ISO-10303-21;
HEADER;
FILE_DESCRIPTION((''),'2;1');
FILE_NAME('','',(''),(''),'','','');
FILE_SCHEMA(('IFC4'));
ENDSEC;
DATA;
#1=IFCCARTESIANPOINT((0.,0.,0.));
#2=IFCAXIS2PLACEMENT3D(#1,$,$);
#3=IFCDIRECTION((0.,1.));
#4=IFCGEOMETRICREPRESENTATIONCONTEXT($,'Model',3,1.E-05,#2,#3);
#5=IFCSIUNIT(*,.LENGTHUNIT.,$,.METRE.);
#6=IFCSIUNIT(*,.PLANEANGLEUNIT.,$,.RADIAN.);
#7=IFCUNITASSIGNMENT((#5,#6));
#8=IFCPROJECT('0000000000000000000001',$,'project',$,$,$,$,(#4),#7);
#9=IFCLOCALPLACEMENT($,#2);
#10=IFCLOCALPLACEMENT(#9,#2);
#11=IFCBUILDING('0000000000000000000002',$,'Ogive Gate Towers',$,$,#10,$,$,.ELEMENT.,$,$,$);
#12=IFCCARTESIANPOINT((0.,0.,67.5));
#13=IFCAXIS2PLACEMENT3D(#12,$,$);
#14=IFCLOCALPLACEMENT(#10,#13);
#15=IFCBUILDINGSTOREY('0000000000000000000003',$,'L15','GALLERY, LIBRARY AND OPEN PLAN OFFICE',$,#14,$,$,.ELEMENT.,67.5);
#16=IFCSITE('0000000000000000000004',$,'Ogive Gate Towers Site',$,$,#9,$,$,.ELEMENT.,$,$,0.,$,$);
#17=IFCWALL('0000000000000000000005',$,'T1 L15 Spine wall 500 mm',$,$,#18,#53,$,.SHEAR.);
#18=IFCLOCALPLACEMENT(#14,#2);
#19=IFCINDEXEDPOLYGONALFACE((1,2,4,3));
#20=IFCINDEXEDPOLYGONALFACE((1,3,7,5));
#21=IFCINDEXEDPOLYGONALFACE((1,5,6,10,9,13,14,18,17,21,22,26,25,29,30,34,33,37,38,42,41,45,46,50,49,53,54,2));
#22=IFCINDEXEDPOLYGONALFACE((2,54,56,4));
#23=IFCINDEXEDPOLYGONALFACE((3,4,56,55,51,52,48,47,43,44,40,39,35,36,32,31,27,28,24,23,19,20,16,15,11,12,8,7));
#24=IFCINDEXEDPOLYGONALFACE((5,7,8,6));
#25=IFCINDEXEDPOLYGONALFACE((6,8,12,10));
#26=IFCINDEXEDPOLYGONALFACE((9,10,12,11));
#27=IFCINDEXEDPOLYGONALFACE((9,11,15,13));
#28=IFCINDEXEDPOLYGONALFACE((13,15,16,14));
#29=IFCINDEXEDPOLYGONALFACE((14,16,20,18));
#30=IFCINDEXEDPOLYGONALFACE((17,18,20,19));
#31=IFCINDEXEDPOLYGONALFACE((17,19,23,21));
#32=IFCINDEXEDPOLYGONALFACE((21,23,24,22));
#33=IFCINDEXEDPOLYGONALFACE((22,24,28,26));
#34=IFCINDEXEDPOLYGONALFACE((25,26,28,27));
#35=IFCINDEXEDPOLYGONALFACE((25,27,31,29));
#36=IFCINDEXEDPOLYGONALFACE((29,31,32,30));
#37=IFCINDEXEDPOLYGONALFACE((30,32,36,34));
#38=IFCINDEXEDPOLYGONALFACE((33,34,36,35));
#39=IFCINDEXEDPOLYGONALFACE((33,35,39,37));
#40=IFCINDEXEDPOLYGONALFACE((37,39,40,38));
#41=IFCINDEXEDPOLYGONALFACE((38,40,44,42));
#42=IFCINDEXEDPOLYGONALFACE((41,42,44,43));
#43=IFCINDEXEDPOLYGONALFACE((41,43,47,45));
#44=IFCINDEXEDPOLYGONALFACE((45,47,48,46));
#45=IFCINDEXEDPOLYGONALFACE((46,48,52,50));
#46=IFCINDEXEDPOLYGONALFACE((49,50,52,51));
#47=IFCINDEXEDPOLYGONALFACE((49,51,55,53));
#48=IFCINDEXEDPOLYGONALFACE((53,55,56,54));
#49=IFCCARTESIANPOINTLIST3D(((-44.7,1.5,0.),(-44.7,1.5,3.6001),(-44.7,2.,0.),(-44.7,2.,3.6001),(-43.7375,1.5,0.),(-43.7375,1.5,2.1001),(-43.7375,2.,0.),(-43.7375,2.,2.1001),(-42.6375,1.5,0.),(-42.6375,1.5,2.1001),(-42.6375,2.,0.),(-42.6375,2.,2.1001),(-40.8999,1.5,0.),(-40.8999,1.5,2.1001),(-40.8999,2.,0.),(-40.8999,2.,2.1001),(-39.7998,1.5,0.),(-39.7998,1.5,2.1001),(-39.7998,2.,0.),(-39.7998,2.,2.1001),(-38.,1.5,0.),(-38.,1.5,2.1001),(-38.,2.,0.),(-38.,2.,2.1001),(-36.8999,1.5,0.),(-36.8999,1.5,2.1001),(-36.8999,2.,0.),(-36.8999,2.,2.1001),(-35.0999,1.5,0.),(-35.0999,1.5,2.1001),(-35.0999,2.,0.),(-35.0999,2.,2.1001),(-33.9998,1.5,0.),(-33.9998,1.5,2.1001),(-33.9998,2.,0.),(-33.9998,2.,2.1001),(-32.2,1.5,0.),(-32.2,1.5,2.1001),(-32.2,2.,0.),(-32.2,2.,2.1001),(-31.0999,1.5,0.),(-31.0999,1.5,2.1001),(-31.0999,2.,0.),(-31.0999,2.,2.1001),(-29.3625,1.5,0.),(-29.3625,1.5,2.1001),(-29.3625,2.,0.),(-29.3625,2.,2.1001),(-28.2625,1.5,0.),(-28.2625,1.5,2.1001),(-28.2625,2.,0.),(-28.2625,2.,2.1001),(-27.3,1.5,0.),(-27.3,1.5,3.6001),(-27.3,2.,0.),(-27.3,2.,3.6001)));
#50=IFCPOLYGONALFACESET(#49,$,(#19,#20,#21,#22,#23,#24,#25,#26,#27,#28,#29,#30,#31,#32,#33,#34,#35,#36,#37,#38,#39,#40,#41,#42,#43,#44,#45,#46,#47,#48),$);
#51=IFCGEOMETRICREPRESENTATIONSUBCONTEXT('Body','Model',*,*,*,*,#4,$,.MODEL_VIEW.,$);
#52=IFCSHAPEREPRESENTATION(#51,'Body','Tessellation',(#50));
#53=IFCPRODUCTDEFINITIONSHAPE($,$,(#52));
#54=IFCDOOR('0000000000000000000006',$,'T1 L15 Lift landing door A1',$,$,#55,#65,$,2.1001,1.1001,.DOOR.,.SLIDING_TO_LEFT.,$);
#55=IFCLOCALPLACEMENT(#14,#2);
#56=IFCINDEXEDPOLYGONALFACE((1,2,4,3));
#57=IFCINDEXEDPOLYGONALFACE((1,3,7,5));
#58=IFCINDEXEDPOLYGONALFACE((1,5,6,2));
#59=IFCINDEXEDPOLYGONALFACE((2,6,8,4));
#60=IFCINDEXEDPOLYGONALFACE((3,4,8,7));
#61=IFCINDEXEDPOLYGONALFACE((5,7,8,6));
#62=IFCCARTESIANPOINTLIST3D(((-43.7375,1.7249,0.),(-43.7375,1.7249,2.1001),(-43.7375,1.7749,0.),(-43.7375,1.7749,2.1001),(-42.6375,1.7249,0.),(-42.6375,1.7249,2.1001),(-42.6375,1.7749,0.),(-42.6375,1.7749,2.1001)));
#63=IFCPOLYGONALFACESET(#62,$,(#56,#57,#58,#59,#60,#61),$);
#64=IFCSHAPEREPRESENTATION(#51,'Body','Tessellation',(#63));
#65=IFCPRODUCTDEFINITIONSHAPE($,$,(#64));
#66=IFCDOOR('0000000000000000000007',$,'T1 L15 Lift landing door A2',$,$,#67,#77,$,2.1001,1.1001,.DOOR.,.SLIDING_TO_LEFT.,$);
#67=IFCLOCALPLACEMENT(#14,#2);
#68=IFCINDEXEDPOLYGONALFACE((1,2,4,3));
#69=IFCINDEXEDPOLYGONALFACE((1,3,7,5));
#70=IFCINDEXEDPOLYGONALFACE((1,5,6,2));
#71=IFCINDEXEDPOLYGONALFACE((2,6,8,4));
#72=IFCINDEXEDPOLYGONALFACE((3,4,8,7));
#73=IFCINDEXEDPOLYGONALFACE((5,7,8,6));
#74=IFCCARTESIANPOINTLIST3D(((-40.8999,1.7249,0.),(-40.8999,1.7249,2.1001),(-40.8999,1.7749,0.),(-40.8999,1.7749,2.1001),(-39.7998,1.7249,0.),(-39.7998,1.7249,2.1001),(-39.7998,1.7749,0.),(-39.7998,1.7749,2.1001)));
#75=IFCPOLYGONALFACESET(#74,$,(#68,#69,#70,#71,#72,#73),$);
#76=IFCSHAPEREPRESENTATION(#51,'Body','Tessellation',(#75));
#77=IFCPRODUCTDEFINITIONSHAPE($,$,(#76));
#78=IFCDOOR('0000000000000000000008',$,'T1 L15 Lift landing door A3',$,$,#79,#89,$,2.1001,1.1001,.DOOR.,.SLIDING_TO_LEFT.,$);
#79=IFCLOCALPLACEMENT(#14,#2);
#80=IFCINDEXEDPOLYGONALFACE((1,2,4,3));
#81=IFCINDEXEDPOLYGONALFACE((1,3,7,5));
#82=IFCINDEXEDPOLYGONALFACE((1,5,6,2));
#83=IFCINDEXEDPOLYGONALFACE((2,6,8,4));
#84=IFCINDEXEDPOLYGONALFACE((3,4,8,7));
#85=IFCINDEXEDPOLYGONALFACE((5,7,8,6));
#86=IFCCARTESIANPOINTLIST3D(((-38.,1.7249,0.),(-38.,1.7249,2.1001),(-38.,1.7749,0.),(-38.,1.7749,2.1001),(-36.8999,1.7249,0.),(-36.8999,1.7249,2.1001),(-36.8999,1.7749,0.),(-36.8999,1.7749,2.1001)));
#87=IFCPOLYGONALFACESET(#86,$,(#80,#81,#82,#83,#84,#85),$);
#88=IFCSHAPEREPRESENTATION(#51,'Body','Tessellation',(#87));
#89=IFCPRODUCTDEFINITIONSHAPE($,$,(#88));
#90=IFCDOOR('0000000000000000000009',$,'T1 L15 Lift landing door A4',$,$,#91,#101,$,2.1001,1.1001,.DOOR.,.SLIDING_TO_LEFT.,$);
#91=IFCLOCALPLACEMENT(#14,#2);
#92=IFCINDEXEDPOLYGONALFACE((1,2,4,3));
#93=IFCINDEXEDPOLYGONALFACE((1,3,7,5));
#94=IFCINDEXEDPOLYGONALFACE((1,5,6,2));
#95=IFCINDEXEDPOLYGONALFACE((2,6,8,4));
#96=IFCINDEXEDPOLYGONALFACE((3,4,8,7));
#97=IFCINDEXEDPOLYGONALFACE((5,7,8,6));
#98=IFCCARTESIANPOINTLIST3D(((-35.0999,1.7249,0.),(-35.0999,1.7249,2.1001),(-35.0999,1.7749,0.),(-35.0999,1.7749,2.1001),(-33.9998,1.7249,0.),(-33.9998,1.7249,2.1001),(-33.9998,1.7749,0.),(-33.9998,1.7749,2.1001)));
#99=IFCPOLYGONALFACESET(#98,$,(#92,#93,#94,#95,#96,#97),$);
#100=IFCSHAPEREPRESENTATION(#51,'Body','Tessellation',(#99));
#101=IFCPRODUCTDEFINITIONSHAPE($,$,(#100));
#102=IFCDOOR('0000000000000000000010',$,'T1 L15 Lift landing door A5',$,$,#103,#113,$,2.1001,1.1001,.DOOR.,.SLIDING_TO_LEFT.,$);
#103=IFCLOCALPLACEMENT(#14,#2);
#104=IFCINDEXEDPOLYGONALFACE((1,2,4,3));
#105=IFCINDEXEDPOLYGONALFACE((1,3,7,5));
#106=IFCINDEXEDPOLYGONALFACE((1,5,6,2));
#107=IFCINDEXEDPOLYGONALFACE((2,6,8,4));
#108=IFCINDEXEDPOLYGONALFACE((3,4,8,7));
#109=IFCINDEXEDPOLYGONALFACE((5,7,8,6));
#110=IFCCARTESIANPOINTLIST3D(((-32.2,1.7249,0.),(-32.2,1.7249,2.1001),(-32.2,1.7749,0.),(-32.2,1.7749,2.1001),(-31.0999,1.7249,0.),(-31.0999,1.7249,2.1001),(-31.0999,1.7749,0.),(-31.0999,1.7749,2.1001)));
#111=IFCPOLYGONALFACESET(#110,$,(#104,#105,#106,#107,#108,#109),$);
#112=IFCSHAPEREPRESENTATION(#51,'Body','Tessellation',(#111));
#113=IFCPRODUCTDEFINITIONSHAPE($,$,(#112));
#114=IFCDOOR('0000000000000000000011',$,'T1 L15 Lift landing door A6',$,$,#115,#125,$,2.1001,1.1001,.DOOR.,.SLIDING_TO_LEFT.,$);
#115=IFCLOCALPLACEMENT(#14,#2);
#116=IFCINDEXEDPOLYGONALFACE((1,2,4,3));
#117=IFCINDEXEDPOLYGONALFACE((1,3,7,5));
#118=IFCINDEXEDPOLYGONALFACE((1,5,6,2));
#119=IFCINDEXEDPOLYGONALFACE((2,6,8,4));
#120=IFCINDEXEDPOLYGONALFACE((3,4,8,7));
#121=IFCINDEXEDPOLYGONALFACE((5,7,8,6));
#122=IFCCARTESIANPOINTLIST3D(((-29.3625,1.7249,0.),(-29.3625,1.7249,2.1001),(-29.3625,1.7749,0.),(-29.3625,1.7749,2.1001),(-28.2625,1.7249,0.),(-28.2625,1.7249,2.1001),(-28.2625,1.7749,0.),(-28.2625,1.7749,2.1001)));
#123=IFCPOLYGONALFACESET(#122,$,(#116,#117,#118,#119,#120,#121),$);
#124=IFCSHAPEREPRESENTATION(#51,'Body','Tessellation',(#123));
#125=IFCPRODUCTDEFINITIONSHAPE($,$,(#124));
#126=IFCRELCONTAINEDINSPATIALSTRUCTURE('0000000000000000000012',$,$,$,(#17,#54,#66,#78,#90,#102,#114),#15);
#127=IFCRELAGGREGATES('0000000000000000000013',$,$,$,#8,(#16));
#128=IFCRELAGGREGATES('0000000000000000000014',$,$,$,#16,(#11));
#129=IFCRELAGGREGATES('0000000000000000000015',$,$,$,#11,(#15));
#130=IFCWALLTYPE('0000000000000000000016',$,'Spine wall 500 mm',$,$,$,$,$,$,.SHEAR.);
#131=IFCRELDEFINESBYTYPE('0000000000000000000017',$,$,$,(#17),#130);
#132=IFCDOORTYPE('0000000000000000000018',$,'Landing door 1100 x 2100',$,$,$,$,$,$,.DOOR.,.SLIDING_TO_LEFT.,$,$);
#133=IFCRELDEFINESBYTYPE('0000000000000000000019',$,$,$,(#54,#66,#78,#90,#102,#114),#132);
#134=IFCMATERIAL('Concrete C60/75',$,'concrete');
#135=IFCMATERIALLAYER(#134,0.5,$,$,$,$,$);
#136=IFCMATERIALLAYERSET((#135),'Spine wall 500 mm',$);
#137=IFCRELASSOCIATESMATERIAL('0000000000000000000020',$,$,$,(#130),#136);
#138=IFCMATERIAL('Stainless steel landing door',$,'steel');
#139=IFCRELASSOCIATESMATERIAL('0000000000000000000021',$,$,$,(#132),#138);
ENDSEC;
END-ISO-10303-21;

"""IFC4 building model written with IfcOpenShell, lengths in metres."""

from ifc_helpers import new_model, si_unit, direction, frame, frame_2d, origin, place, context, subcontext, project, spatial, rectangle, extrude, material, layer, layer_set, type_object, element, fill, save


model = new_model("IFC4")

# Units and contexts
model_context = context("Model", 3, precision=1e-05, world=origin(), true_north=direction((0.0, 1.0)))
body_context = subcontext(model_context, "Body", "Model", "MODEL_VIEW")
ifc_project = project(units=[si_unit("LENGTHUNIT", "METRE"), si_unit("PLANEANGLEUNIT", "RADIAN")], contexts=[model_context])

# Site, building, storey
site_placement = place(None, origin())
site = spatial("IfcSite", under=ifc_project, at=site_placement, Name="Ogive Gate Towers Site", CompositionType="ELEMENT", RefElevation=0.0)
building_placement = place(site_placement, origin())
building = spatial("IfcBuilding", under=site, at=building_placement, Name="Ogive Gate Towers", CompositionType="ELEMENT")
storey_placement = place(building_placement, frame((0.0, 0.0, 67.5)))
storey = spatial("IfcBuildingStorey", under=building, at=storey_placement, Name="L15", Description="GALLERY, LIBRARY AND OPEN PLAN OFFICE", CompositionType="ELEMENT", Elevation=67.5)

# Shared definitions
ifc_material_1 = material(Name="Concrete C60/75", Category="concrete")

# Shared definitions
ifc_material_2 = material(Name="Stainless steel landing door", Category="steel")

# Wall, openings, doors
ifc_layer_1 = layer(ifc_material_1, 0.5)
ifc_layer_set_1 = layer_set([ifc_layer_1], Name="Spine wall 500 mm")
wall_type_1 = type_object("IfcWallType", Name="Spine wall 500 mm", PredefinedType="SHEAR", material=ifc_layer_set_1)
wall_1_placement = place(storey_placement, frame((-44.7, 1.75, 0.0), z_axis=(0.0, 0.0, 1.0), x_axis=(1.0, 0.0, 0.0)))
wall_1 = element("IfcWall", 1, at=wall_1_placement, inside=storey, type_object=wall_type_1, Name="T1 L15 Spine wall 500 mm", PredefinedType="SHEAR", context=body_context, shape_type="SweptSolid", body=[
    extrude(rectangle(XDim=17.3999, YDim=0.5, at=frame_2d((8.7, 0.0))), origin(), (0.0, 0.0, 1.0), 3.6001),
])
opening_1_placement = place(wall_1_placement, frame((0.9624, 0.0, 0.0)))
opening_1 = element("IfcOpeningElement", 2, at=opening_1_placement, cuts=wall_1, PredefinedType="OPENING", context=body_context, shape_type="SweptSolid", body=[
    extrude(rectangle(XDim=1.1001, YDim=2.1001, at=frame_2d((0.55, 1.05))), frame((0.0, 0.26, 0.0), z_axis=(0.0, -1.0, 0.0), x_axis=(1.0, 0.0, 0.0)), (0.0, 0.0, 1.0), 0.52),
])
opening_2_placement = place(wall_1_placement, frame((3.8, 0.0, 0.0)))
opening_2 = element("IfcOpeningElement", 3, at=opening_2_placement, cuts=wall_1, PredefinedType="OPENING", context=body_context, shape_type="SweptSolid", body=[
    extrude(rectangle(XDim=1.1001, YDim=2.1001, at=frame_2d((0.55, 1.05))), frame((0.0, 0.26, 0.0), z_axis=(0.0, -1.0, 0.0), x_axis=(1.0, 0.0, 0.0)), (0.0, 0.0, 1.0), 0.52),
])
opening_3_placement = place(wall_1_placement, frame((6.7, 0.0, 0.0)))
opening_3 = element("IfcOpeningElement", 4, at=opening_3_placement, cuts=wall_1, PredefinedType="OPENING", context=body_context, shape_type="SweptSolid", body=[
    extrude(rectangle(XDim=1.1001, YDim=2.1001, at=frame_2d((0.55, 1.05))), frame((0.0, 0.26, 0.0), z_axis=(0.0, -1.0, 0.0), x_axis=(1.0, 0.0, 0.0)), (0.0, 0.0, 1.0), 0.52),
])
opening_4_placement = place(wall_1_placement, frame((9.6001, 0.0, 0.0)))
opening_4 = element("IfcOpeningElement", 5, at=opening_4_placement, cuts=wall_1, PredefinedType="OPENING", context=body_context, shape_type="SweptSolid", body=[
    extrude(rectangle(XDim=1.1001, YDim=2.1001, at=frame_2d((0.55, 1.05))), frame((0.0, 0.26, 0.0), z_axis=(0.0, -1.0, 0.0), x_axis=(1.0, 0.0, 0.0)), (0.0, 0.0, 1.0), 0.52),
])
opening_5_placement = place(wall_1_placement, frame((12.5, 0.0, 0.0)))
opening_5 = element("IfcOpeningElement", 6, at=opening_5_placement, cuts=wall_1, PredefinedType="OPENING", context=body_context, shape_type="SweptSolid", body=[
    extrude(rectangle(XDim=1.1001, YDim=2.1001, at=frame_2d((0.55, 1.05))), frame((0.0, 0.26, 0.0), z_axis=(0.0, -1.0, 0.0), x_axis=(1.0, 0.0, 0.0)), (0.0, 0.0, 1.0), 0.52),
])
opening_6_placement = place(wall_1_placement, frame((15.3374, 0.0, 0.0)))
opening_6 = element("IfcOpeningElement", 7, at=opening_6_placement, cuts=wall_1, PredefinedType="OPENING", context=body_context, shape_type="SweptSolid", body=[
    extrude(rectangle(XDim=1.1001, YDim=2.1001, at=frame_2d((0.55, 1.05))), frame((0.0, 0.26, 0.0), z_axis=(0.0, -1.0, 0.0), x_axis=(1.0, 0.0, 0.0)), (0.0, 0.0, 1.0), 0.52),
])
door_type_1 = type_object("IfcDoorType", Name="Landing door 1100 x 2100", OperationType="SLIDING_TO_LEFT", PredefinedType="DOOR", material=ifc_material_2)
door_1_placement = place(opening_1_placement, origin())
door_1 = element("IfcDoor", 8, at=door_1_placement, inside=storey, type_object=door_type_1, Name="T1 L15 Lift landing door A1", OperationType="SLIDING_TO_LEFT", OverallHeight=2.1001, OverallWidth=1.1001, PredefinedType="DOOR", context=body_context, shape_type="SweptSolid", body=[
    extrude(rectangle(XDim=1.1001, YDim=2.1001, at=frame_2d((0.55, 1.05))), frame((0.0, 0.0249, 0.0), z_axis=(0.0, -1.0, 0.0), x_axis=(1.0, 0.0, 0.0)), (0.0, 0.0, 1.0), 0.05),
])
fill(opening_1, door_1)
door_2_placement = place(opening_2_placement, origin())
door_2 = element("IfcDoor", 9, at=door_2_placement, inside=storey, type_object=door_type_1, Name="T1 L15 Lift landing door A2", OperationType="SLIDING_TO_LEFT", OverallHeight=2.1001, OverallWidth=1.1001, PredefinedType="DOOR", context=body_context, shape_type="SweptSolid", body=[
    extrude(rectangle(XDim=1.1001, YDim=2.1001, at=frame_2d((0.55, 1.05))), frame((0.0, 0.0249, 0.0), z_axis=(0.0, -1.0, 0.0), x_axis=(1.0, 0.0, 0.0)), (0.0, 0.0, 1.0), 0.05),
])
fill(opening_2, door_2)
door_3_placement = place(opening_3_placement, origin())
door_3 = element("IfcDoor", 10, at=door_3_placement, inside=storey, type_object=door_type_1, Name="T1 L15 Lift landing door A3", OperationType="SLIDING_TO_LEFT", OverallHeight=2.1001, OverallWidth=1.1001, PredefinedType="DOOR", context=body_context, shape_type="SweptSolid", body=[
    extrude(rectangle(XDim=1.1001, YDim=2.1001, at=frame_2d((0.55, 1.05))), frame((0.0, 0.0249, 0.0), z_axis=(0.0, -1.0, 0.0), x_axis=(1.0, 0.0, 0.0)), (0.0, 0.0, 1.0), 0.05),
])
fill(opening_3, door_3)
door_4_placement = place(opening_4_placement, origin())
door_4 = element("IfcDoor", 11, at=door_4_placement, inside=storey, type_object=door_type_1, Name="T1 L15 Lift landing door A4", OperationType="SLIDING_TO_LEFT", OverallHeight=2.1001, OverallWidth=1.1001, PredefinedType="DOOR", context=body_context, shape_type="SweptSolid", body=[
    extrude(rectangle(XDim=1.1001, YDim=2.1001, at=frame_2d((0.55, 1.05))), frame((0.0, 0.0249, 0.0), z_axis=(0.0, -1.0, 0.0), x_axis=(1.0, 0.0, 0.0)), (0.0, 0.0, 1.0), 0.05),
])
fill(opening_4, door_4)
door_5_placement = place(opening_5_placement, origin())
door_5 = element("IfcDoor", 12, at=door_5_placement, inside=storey, type_object=door_type_1, Name="T1 L15 Lift landing door A5", OperationType="SLIDING_TO_LEFT", OverallHeight=2.1001, OverallWidth=1.1001, PredefinedType="DOOR", context=body_context, shape_type="SweptSolid", body=[
    extrude(rectangle(XDim=1.1001, YDim=2.1001, at=frame_2d((0.55, 1.05))), frame((0.0, 0.0249, 0.0), z_axis=(0.0, -1.0, 0.0), x_axis=(1.0, 0.0, 0.0)), (0.0, 0.0, 1.0), 0.05),
])
fill(opening_5, door_5)
door_6_placement = place(opening_6_placement, origin())
door_6 = element("IfcDoor", 13, at=door_6_placement, inside=storey, type_object=door_type_1, Name="T1 L15 Lift landing door A6", OperationType="SLIDING_TO_LEFT", OverallHeight=2.1001, OverallWidth=1.1001, PredefinedType="DOOR", context=body_context, shape_type="SweptSolid", body=[
    extrude(rectangle(XDim=1.1001, YDim=2.1001, at=frame_2d((0.55, 1.05))), frame((0.0, 0.0249, 0.0), z_axis=(0.0, -1.0, 0.0), x_axis=(1.0, 0.0, 0.0)), (0.0, 0.0, 1.0), 0.05),
])
fill(opening_6, door_6)

save(model, "model.ifc")
